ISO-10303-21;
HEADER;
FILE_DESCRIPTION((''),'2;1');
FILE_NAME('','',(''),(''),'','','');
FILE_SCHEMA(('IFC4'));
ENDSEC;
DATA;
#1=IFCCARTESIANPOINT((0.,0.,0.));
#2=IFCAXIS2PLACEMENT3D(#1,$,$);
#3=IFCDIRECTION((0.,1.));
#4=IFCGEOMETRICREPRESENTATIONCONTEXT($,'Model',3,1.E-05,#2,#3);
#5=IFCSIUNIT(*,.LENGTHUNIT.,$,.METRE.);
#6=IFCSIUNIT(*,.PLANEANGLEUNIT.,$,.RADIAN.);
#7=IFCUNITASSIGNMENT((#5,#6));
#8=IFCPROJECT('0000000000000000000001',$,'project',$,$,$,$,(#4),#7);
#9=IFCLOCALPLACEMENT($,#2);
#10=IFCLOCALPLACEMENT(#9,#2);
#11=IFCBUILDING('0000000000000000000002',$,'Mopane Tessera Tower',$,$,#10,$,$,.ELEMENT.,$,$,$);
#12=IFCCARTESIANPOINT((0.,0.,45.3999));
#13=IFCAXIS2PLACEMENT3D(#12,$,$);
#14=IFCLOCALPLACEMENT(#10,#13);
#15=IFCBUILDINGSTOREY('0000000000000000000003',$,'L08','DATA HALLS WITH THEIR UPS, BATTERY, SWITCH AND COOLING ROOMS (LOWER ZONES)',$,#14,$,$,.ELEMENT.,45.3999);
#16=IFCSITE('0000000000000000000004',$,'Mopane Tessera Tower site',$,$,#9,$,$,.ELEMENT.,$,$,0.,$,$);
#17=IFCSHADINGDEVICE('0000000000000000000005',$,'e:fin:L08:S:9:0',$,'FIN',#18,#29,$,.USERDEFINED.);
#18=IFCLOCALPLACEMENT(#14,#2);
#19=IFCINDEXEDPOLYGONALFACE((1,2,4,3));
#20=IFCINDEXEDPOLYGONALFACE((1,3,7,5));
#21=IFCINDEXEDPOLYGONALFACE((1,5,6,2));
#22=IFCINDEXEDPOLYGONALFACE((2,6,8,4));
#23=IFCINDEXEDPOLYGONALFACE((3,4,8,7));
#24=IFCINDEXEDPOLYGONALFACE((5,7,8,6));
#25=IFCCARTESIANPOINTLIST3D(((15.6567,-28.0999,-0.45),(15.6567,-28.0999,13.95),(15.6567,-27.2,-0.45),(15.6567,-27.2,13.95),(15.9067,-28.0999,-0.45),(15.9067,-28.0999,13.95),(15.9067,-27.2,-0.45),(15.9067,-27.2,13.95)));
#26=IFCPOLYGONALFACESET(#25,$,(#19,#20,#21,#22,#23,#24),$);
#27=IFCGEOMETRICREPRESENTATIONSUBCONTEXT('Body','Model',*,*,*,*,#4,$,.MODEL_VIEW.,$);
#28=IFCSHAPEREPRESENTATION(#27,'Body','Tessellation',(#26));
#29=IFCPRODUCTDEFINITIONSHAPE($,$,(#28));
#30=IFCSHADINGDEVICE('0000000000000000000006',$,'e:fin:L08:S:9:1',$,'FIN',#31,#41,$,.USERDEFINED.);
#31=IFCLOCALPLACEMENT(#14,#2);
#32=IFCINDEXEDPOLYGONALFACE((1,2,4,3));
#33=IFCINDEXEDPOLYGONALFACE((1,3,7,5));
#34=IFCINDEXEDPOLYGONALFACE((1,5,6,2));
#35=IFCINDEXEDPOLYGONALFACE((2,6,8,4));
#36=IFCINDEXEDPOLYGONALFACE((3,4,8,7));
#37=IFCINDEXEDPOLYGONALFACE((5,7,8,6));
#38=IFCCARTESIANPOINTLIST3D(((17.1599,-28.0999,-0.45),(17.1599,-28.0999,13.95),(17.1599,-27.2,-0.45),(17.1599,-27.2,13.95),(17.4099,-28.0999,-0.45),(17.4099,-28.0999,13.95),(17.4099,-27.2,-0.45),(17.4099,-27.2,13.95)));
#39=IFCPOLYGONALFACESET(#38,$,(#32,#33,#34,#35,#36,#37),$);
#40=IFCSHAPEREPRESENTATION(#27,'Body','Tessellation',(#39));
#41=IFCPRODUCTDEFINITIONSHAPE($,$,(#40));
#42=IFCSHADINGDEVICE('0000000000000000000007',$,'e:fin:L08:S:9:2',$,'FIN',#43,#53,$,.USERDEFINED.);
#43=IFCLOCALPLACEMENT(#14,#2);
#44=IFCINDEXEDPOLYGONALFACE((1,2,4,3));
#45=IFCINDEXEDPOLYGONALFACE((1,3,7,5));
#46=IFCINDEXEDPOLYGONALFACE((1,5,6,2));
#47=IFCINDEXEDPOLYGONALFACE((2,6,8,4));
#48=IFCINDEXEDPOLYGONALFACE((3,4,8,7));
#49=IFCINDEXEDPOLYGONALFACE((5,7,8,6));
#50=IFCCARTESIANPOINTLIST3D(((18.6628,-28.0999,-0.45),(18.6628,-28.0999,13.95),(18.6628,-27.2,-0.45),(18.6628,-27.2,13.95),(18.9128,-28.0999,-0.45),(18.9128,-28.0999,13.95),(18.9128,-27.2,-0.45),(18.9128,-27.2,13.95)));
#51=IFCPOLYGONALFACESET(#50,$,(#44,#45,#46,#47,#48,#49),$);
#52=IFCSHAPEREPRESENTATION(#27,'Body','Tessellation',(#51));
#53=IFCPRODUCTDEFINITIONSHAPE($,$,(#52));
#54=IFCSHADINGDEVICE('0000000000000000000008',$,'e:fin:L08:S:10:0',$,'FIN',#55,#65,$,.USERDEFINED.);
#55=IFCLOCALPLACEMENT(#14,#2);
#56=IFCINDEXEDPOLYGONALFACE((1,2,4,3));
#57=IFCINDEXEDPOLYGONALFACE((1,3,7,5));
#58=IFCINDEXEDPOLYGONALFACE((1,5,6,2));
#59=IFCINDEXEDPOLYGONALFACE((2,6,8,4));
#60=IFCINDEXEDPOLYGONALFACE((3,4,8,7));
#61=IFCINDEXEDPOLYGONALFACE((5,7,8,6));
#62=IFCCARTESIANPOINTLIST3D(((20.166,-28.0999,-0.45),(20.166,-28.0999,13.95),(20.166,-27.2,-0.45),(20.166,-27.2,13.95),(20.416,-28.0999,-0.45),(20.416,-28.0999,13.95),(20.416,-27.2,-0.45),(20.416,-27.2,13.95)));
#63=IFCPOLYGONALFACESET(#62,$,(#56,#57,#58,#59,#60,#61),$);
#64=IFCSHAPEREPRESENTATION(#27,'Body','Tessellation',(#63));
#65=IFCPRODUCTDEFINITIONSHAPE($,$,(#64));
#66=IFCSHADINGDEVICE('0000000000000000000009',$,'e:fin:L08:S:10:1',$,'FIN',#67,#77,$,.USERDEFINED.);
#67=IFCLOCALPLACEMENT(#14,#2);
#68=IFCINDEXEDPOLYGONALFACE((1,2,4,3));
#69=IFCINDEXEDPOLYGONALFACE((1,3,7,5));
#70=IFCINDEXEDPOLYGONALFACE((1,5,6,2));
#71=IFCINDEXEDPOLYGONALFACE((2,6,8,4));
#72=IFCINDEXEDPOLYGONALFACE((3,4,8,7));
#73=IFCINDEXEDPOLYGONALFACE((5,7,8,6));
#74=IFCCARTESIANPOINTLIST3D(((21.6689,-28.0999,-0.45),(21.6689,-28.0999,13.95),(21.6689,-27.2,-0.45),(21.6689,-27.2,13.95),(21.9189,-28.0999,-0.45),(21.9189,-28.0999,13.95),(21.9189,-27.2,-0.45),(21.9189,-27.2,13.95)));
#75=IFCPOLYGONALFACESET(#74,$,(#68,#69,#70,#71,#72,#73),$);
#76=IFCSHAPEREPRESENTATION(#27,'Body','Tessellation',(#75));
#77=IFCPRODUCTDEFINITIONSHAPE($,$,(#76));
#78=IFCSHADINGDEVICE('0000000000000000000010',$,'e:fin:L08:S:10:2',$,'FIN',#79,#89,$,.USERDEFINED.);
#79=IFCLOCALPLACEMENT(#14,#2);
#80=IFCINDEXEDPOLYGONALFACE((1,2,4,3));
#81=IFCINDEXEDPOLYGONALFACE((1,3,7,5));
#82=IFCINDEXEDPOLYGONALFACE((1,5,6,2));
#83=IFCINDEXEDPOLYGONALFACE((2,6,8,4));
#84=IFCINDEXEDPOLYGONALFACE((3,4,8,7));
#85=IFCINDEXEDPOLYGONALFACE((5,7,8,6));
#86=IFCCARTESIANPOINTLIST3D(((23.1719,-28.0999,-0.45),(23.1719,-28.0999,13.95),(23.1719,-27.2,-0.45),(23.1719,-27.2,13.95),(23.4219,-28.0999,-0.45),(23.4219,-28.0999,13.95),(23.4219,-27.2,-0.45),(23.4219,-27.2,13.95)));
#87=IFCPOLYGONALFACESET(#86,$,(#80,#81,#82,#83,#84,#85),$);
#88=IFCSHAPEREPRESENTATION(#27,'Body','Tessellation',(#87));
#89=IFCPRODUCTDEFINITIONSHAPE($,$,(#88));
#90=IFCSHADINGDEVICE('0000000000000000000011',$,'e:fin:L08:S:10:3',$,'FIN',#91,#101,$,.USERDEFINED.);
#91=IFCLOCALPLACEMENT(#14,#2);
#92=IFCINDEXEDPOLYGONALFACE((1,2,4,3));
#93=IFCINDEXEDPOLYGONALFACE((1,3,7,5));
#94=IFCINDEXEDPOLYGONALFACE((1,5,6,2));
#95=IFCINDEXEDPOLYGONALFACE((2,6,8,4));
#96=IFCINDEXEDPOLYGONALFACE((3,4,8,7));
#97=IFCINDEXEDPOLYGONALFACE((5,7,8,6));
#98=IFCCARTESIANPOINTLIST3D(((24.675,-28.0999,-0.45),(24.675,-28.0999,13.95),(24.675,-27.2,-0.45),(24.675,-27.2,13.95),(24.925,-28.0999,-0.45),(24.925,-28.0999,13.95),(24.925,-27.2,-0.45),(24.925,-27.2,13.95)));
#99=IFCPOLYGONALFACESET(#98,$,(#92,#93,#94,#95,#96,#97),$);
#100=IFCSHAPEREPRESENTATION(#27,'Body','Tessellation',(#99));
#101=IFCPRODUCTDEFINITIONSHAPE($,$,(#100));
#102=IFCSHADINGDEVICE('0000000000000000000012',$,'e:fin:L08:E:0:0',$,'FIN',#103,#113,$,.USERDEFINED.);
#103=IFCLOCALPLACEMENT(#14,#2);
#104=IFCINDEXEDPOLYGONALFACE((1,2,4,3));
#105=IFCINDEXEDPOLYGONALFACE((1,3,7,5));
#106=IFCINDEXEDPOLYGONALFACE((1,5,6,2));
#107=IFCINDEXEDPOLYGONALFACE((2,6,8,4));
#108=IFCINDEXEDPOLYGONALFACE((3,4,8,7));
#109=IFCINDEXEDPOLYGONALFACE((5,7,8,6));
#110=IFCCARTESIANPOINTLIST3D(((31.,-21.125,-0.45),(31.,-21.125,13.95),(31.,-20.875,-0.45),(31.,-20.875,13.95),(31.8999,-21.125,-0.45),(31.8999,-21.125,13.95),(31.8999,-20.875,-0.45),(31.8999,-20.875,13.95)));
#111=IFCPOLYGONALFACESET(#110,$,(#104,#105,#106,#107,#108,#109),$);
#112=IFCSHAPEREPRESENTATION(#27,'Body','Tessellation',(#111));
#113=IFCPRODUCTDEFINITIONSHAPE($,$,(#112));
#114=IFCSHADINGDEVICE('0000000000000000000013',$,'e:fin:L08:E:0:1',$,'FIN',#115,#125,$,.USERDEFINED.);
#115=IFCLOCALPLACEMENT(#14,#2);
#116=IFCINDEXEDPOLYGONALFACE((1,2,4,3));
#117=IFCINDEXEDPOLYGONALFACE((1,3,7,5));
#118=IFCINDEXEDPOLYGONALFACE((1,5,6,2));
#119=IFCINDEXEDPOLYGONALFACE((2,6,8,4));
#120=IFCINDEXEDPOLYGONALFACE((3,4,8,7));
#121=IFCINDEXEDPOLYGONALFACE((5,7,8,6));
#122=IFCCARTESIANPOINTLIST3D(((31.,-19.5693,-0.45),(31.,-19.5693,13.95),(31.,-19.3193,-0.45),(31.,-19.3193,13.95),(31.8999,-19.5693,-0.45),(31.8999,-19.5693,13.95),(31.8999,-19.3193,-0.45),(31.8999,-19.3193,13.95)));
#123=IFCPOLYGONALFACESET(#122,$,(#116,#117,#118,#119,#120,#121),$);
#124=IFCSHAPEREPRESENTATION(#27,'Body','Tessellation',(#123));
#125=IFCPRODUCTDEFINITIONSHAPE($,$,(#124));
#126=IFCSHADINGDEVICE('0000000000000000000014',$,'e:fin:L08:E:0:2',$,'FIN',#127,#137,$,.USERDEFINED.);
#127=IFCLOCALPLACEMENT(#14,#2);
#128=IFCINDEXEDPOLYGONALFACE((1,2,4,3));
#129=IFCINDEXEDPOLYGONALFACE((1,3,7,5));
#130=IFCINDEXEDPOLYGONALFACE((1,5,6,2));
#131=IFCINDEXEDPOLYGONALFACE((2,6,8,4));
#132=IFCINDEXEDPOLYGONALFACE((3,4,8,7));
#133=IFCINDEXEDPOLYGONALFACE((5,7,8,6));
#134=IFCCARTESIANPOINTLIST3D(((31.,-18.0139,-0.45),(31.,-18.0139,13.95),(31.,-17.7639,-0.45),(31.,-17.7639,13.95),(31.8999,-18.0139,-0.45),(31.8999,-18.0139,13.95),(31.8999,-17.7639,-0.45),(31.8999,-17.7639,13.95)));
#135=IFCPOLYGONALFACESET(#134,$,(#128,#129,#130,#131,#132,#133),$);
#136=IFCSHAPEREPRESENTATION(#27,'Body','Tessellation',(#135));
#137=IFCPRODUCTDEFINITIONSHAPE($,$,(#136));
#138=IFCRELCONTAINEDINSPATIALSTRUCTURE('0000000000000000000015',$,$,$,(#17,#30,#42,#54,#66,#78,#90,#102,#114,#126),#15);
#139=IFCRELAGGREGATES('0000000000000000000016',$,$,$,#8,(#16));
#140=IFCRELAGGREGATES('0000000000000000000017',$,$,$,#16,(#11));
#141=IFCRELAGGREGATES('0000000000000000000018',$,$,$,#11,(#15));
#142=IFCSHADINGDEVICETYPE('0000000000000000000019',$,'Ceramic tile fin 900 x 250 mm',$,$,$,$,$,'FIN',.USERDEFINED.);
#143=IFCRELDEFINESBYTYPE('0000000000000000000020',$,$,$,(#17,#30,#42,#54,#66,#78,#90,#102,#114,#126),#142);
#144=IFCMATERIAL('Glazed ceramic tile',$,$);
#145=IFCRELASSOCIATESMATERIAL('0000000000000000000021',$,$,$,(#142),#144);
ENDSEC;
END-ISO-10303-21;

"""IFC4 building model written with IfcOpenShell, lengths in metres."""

from ifc_helpers import new_model, si_unit, direction, frame, origin, origin_2d, place, context, subcontext, project, spatial, rectangle, extrude, material, type_object, element, save


model = new_model("IFC4")

# Units and contexts
model_context = context("Model", 3, precision=1e-05, world=origin(), true_north=direction((0.0, 1.0)))
body_context = subcontext(model_context, "Body", "Model", "MODEL_VIEW")
ifc_project = project(units=[si_unit("LENGTHUNIT", "METRE"), si_unit("PLANEANGLEUNIT", "RADIAN")], contexts=[model_context])

# Site, building, storey
site_placement = place(None, origin())
site = spatial("IfcSite", under=ifc_project, at=site_placement, Name="Mopane Tessera Tower site", CompositionType="ELEMENT", RefElevation=0.0)
building_placement = place(site_placement, origin())
building = spatial("IfcBuilding", under=site, at=building_placement, Name="Mopane Tessera Tower", CompositionType="ELEMENT")
storey_placement = place(building_placement, frame((0.0, 0.0, 45.3999)))
storey = spatial("IfcBuildingStorey", under=building, at=storey_placement, Name="L08", Description="DATA HALLS WITH THEIR UPS, BATTERY, SWITCH AND COOLING ROOMS (LOWER ZONES)", CompositionType="ELEMENT", Elevation=45.3999)

# Shading devices
ifc_material_1 = material(Name="Glazed ceramic tile")
shading_device_type = type_object("IfcShadingDeviceType", Name="Ceramic tile fin 900 x 250 mm", ElementType="FIN", PredefinedType="USERDEFINED", material=ifc_material_1)
for number, where, z_axis, x_axis, name in (
    (1, (15.7817, -27.6499, -0.45), (0.0, 0.0, 1.0), (1.0, 0.0, 0.0), "e:fin:L08:S:9:0"),
    (2, (17.2849, -27.6499, -0.45), (0.0, 0.0, 1.0), (1.0, 0.0, 0.0), "e:fin:L08:S:9:1"),
    (3, (18.7878, -27.6499, -0.45), (0.0, 0.0, 1.0), (1.0, 0.0, 0.0), "e:fin:L08:S:9:2"),
    (4, (20.291, -27.6499, -0.45), (0.0, 0.0, 1.0), (1.0, 0.0, 0.0), "e:fin:L08:S:10:0"),
    (5, (21.7939, -27.6499, -0.45), (0.0, 0.0, 1.0), (1.0, 0.0, 0.0), "e:fin:L08:S:10:1"),
    (6, (23.2969, -27.6499, -0.45), (0.0, 0.0, 1.0), (1.0, 0.0, 0.0), "e:fin:L08:S:10:2"),
    (7, (24.8, -27.6499, -0.45), (0.0, 0.0, 1.0), (1.0, 0.0, 0.0), "e:fin:L08:S:10:3"),
    (8, (31.45, -21.0, -0.45), (0.0, 0.0, 1.0), (0.0, 1.0, 0.0), "e:fin:L08:E:0:0"),
    (9, (31.45, -19.4443, -0.45), (0.0, 0.0, 1.0), (0.0, 1.0, 0.0), "e:fin:L08:E:0:1"),
    (10, (31.45, -17.8889, -0.45), (0.0, 0.0, 1.0), (0.0, 1.0, 0.0), "e:fin:L08:E:0:2"),
):
    element("IfcShadingDevice", number, at=place(storey_placement, frame(where, z_axis=z_axis, x_axis=x_axis)), inside=storey, type_object=shading_device_type, Name=name, ObjectType="FIN", PredefinedType="USERDEFINED", context=body_context, shape_type="SweptSolid", body=[
        extrude(rectangle(XDim=0.25, YDim=0.8999, at=origin_2d()), origin(), (0.0, 0.0, 1.0), 14.3999),
    ])

save(model, "model.ifc")
